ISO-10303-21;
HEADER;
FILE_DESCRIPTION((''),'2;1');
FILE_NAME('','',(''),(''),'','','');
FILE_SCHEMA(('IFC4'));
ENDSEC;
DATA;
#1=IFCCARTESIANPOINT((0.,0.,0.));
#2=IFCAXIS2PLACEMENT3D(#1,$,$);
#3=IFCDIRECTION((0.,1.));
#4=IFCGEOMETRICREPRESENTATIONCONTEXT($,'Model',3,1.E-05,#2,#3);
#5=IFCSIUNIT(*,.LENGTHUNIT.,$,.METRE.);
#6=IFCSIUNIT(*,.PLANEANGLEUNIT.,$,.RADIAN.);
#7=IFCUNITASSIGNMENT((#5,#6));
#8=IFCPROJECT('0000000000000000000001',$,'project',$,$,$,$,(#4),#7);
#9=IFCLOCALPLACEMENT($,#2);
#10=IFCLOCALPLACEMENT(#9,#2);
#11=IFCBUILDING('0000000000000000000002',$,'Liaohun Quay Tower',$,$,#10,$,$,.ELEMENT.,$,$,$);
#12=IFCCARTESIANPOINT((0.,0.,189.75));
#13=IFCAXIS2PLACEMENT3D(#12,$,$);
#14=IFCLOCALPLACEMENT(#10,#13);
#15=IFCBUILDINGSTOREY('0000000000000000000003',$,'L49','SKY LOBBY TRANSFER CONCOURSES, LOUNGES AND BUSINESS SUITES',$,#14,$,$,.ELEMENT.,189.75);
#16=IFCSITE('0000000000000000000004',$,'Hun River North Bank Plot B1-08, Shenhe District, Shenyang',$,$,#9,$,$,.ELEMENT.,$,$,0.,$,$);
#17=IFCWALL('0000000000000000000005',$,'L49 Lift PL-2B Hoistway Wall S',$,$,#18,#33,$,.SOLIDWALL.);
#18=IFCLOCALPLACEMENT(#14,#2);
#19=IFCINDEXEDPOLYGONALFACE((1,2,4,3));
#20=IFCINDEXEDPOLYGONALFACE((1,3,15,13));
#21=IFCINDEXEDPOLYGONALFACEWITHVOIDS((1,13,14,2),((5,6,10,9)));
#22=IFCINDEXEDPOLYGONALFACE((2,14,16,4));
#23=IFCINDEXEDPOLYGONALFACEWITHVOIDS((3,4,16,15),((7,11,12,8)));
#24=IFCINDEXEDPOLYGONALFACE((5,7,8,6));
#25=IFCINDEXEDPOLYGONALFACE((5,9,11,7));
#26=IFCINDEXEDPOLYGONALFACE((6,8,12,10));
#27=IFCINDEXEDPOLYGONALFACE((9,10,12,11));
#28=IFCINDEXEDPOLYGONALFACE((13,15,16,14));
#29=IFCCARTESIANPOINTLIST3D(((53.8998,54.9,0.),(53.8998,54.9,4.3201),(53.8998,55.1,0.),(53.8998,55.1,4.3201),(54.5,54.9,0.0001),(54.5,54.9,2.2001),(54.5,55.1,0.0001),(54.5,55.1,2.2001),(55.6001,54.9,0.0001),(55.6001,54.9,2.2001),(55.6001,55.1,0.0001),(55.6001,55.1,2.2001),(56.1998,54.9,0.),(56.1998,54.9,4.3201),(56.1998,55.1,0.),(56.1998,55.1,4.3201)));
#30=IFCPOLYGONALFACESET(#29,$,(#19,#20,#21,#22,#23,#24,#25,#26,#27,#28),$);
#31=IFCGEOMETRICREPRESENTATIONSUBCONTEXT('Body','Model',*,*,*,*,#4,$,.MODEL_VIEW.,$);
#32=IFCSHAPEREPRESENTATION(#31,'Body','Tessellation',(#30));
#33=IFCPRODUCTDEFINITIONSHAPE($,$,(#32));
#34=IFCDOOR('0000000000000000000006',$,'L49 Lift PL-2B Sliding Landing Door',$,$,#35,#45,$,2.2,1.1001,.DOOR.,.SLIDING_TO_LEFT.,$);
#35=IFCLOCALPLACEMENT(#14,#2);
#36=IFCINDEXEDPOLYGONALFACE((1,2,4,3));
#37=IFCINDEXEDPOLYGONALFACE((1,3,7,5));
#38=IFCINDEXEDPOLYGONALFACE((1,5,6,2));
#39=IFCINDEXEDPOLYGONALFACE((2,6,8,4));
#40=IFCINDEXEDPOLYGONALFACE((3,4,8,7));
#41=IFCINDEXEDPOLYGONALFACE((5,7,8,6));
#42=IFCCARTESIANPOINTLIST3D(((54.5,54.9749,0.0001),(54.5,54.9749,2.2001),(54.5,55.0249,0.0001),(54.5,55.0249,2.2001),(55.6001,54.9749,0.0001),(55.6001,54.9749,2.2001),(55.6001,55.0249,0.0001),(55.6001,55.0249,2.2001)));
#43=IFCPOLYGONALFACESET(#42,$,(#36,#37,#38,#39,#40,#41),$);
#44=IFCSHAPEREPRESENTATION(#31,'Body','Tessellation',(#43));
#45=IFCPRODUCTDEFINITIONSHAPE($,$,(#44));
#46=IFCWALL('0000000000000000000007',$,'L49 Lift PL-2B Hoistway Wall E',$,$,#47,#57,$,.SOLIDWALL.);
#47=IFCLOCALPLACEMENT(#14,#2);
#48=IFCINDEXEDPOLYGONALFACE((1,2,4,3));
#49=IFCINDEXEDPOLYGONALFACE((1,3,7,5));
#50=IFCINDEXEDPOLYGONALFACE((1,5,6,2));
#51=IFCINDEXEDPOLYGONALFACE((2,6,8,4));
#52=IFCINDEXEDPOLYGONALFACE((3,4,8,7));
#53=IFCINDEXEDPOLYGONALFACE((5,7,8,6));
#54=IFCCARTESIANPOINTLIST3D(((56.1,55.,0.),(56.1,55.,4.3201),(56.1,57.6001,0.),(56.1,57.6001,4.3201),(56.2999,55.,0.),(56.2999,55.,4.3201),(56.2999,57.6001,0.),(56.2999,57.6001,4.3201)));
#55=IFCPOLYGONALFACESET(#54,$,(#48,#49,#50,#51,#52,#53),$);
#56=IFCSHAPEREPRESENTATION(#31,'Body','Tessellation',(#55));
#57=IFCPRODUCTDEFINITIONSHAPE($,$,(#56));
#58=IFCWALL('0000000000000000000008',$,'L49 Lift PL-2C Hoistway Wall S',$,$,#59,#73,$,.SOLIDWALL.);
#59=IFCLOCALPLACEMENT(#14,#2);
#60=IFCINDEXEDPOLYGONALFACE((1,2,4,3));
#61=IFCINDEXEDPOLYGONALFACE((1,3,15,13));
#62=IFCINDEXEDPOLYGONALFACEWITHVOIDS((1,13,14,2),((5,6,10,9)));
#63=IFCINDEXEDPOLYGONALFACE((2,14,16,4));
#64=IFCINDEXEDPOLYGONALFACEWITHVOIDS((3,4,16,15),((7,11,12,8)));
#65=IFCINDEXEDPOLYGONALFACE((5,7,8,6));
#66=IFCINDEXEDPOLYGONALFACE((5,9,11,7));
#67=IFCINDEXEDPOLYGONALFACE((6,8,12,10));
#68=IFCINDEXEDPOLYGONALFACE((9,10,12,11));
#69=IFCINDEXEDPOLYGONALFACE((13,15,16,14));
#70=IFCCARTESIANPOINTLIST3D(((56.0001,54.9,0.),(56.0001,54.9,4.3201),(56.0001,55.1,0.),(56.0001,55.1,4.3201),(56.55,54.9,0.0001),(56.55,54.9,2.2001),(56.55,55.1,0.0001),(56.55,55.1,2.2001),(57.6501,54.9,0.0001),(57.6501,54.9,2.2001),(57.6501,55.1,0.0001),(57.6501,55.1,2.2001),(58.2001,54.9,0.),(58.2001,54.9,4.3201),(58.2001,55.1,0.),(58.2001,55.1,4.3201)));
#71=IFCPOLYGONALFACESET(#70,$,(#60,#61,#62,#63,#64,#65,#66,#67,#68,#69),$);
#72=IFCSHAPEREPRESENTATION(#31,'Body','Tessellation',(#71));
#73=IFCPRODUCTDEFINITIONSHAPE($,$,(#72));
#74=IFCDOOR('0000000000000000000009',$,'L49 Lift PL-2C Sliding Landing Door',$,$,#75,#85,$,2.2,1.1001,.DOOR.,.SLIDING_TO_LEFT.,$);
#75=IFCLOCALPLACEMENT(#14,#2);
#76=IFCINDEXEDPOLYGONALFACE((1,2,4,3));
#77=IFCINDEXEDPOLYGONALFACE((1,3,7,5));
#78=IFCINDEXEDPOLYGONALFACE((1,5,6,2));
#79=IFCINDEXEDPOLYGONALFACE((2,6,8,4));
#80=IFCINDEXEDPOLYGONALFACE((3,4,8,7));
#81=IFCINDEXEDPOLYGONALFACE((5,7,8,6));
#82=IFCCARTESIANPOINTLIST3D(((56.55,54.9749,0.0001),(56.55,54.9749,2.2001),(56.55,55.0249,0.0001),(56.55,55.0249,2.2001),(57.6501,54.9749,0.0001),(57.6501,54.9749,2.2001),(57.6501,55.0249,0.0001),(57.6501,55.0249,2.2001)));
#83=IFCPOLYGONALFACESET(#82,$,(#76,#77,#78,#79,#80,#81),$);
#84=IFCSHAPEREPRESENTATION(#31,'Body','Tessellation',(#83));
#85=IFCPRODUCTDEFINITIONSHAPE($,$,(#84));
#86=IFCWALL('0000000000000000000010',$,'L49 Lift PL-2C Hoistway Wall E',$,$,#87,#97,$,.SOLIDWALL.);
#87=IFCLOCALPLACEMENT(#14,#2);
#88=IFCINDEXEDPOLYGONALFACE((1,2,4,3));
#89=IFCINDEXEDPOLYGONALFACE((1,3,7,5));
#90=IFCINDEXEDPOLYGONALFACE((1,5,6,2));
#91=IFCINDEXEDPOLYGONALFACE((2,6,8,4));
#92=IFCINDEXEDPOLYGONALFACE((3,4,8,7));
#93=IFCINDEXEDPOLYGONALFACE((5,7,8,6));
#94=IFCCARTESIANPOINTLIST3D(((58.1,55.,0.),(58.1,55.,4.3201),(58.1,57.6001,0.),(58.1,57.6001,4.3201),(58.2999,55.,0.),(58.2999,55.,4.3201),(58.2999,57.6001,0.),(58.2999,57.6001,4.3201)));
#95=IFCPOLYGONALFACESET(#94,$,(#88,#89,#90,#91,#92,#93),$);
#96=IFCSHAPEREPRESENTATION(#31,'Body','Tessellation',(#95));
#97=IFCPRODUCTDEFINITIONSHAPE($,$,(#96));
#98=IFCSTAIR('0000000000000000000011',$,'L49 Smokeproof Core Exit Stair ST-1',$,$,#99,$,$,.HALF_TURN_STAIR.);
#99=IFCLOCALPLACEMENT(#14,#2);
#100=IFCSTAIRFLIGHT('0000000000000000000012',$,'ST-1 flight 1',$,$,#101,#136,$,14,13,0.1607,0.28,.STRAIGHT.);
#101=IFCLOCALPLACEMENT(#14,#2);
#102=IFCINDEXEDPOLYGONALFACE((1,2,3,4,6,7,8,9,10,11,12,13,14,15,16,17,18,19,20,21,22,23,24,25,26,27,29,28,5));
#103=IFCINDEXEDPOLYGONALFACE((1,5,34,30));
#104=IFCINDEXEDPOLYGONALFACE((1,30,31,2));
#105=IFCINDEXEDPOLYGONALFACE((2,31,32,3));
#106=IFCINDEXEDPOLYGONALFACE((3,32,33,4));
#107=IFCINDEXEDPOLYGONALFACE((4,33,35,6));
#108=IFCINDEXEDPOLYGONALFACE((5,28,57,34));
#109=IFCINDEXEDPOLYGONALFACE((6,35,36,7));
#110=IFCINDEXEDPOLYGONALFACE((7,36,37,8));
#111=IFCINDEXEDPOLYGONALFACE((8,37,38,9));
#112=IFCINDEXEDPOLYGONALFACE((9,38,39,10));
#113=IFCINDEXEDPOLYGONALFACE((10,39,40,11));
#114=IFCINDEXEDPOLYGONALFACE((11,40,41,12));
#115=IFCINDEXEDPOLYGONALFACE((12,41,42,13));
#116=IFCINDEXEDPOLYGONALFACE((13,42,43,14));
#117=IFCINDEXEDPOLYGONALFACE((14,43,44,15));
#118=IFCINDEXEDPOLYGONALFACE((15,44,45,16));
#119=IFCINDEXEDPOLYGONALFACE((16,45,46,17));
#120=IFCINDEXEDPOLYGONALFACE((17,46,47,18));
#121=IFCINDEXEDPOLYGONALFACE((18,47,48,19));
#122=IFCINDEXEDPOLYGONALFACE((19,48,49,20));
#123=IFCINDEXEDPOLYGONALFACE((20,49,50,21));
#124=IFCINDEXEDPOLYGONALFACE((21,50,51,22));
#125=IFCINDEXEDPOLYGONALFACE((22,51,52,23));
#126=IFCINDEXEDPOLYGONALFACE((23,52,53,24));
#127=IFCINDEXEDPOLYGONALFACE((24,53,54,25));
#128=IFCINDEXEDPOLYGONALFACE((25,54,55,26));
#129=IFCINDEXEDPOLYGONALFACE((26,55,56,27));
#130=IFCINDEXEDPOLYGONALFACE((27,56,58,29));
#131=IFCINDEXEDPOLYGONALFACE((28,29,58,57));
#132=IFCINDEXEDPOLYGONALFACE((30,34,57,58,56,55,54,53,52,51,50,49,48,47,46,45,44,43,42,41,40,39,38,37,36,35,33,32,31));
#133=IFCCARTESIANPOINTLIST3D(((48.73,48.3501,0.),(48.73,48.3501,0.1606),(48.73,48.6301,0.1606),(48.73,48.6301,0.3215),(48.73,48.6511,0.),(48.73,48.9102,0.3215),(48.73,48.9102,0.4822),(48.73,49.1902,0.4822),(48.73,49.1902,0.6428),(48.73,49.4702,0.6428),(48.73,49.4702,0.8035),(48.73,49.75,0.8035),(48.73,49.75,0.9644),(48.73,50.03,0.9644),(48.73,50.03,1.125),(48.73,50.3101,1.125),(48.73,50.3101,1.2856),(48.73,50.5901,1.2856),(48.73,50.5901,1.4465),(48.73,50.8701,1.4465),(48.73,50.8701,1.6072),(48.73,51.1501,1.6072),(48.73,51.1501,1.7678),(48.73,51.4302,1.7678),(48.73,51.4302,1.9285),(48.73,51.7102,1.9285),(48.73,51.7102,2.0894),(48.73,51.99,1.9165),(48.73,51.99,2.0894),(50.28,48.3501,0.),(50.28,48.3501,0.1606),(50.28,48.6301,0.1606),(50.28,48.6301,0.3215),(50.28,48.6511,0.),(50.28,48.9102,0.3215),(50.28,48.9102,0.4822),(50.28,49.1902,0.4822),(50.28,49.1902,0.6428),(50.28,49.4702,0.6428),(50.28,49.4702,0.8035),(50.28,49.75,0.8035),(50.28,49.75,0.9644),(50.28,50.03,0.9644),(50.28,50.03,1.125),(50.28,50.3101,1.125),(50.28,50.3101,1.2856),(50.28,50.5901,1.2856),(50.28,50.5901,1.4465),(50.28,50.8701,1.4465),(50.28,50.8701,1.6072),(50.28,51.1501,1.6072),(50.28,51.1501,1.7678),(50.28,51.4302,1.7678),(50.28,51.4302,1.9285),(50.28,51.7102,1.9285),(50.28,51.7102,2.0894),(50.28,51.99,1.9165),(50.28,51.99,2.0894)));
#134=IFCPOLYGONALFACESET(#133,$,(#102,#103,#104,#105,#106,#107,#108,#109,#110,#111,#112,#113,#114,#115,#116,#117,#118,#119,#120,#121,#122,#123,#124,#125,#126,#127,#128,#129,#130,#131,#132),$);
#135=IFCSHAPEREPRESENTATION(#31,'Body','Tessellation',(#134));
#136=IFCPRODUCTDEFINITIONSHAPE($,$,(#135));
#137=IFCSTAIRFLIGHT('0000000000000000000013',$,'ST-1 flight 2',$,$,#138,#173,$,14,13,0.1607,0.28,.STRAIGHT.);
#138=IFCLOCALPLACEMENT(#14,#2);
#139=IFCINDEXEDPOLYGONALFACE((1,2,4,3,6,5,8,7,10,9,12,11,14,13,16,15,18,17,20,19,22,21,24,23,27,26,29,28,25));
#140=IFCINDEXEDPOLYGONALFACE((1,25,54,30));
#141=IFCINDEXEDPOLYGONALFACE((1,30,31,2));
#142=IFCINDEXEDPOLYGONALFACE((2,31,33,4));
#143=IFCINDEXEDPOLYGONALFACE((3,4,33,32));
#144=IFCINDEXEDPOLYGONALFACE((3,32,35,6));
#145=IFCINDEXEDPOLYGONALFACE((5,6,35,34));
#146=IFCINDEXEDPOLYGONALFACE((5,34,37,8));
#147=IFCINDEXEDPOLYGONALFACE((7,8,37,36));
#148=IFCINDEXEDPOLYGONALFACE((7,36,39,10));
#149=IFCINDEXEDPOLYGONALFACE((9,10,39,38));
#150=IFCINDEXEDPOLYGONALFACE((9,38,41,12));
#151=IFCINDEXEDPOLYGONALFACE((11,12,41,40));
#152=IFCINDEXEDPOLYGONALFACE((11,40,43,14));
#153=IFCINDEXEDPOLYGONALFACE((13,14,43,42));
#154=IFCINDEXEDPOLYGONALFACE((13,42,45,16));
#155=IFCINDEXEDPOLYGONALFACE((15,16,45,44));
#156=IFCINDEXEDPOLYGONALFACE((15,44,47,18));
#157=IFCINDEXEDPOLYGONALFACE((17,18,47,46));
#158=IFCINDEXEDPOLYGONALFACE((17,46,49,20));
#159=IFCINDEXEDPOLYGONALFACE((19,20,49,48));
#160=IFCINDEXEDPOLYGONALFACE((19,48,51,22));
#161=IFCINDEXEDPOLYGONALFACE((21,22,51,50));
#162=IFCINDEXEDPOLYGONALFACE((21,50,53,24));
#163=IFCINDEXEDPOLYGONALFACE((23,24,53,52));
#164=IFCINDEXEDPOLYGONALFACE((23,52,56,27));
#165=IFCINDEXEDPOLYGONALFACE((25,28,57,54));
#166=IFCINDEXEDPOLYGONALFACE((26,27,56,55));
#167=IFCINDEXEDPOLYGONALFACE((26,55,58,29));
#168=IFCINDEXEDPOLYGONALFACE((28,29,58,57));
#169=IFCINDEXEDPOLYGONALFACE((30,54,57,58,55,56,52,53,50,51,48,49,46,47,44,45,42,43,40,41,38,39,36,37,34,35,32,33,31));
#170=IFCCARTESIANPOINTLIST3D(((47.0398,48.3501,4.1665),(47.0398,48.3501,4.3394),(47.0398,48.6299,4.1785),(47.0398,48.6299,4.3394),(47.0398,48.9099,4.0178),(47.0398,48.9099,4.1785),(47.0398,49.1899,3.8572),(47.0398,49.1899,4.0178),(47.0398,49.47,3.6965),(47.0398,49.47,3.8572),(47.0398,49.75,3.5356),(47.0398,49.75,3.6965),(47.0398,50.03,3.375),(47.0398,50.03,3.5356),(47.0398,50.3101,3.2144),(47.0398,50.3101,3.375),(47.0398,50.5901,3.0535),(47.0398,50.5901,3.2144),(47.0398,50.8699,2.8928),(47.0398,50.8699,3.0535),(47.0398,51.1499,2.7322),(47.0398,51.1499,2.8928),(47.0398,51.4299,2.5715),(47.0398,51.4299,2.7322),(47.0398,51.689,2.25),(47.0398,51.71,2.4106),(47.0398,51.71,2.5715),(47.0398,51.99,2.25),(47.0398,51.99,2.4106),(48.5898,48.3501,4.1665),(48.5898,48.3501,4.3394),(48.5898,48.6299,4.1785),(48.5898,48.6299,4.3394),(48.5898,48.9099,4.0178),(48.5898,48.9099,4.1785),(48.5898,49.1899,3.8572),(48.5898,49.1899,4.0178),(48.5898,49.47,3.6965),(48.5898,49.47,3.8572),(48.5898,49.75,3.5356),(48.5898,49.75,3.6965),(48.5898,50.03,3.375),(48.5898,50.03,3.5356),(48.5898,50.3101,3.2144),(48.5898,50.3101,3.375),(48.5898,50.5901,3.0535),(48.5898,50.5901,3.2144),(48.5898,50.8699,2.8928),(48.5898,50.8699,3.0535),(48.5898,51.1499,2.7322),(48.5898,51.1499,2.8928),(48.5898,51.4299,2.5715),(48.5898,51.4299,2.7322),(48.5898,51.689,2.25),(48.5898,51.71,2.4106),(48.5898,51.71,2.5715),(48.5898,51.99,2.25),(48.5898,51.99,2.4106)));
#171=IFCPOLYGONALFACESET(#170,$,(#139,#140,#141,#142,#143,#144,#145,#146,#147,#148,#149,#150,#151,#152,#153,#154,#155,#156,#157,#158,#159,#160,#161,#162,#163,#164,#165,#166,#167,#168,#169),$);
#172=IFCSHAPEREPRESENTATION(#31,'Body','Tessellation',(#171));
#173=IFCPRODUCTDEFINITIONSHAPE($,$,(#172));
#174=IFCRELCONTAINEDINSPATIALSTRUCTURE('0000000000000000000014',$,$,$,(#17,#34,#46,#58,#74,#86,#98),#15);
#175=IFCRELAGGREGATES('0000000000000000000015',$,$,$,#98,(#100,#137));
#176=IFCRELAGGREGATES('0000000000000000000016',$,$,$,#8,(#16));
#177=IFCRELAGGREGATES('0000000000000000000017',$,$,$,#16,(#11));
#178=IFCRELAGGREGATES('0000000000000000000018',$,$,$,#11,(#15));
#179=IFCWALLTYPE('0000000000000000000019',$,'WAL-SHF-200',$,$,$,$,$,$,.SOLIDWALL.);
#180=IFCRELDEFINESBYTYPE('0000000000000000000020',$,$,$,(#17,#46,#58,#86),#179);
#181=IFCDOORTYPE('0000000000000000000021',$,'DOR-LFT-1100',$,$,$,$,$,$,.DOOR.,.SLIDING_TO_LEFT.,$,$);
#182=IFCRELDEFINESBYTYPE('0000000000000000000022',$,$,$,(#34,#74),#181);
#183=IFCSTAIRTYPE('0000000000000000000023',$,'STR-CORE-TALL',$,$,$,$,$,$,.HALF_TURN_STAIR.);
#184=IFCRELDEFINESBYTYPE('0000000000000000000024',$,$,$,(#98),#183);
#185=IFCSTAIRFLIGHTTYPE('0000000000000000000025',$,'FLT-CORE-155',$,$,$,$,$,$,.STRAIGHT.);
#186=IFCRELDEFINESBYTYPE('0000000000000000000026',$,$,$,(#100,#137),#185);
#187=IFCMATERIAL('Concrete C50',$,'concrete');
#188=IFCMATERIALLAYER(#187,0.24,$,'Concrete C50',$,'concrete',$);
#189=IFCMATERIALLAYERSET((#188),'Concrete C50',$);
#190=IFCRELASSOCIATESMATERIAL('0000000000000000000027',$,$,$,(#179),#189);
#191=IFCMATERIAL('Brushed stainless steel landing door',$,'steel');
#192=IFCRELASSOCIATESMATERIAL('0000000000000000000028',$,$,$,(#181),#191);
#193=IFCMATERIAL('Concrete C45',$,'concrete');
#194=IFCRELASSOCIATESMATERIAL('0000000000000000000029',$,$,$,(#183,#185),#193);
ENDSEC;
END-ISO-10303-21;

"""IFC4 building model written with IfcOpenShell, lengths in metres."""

from ifc_helpers import new_model, si_unit, direction, frame, frame_2d, origin, place, context, subcontext, project, spatial, polyline, rectangle, outline, extrude, source, transform, mapped, material, layer, layer_set, type_object, element, fill, aggregate, save


model = new_model("IFC4")

# Units and contexts
model_context = context("Model", 3, precision=1e-05, world=origin(), true_north=direction((0.0, 1.0)))
body_context = subcontext(model_context, "Body", "Model", "MODEL_VIEW")
ifc_project = project(units=[si_unit("LENGTHUNIT", "METRE"), si_unit("PLANEANGLEUNIT", "RADIAN")], contexts=[model_context])

# Site, building, storey
site_placement = place(None, origin())
site = spatial("IfcSite", under=ifc_project, at=site_placement, Name="Hun River North Bank Plot B1-08, Shenhe District, Shenyang", CompositionType="ELEMENT", RefElevation=0.0)
building_placement = place(site_placement, origin())
building = spatial("IfcBuilding", under=site, at=building_placement, Name="Liaohun Quay Tower", CompositionType="ELEMENT")
storey_placement = place(building_placement, frame((0.0, 0.0, 189.75)))
storey = spatial("IfcBuildingStorey", under=building, at=storey_placement, Name="L49", Description="SKY LOBBY TRANSFER CONCOURSES, LOUNGES AND BUSINESS SUITES", CompositionType="ELEMENT", Elevation=189.75)

# Shared definitions
ifc_material_1 = material(Name="Concrete C50", Category="concrete")
ifc_layer_1 = layer(ifc_material_1, 0.24, Name="Concrete C50", Category="concrete")
ifc_layer_set_1 = layer_set([ifc_layer_1], Name="Concrete C50")
wall_type_1 = type_object("IfcWallType", Name="WAL-SHF-200", PredefinedType="SOLIDWALL", material=ifc_layer_set_1)

# Shared definitions
shared_shape_1 = source(origin(), body_context, "Body", "SweptSolid", [
    extrude(rectangle(XDim=1.1001, YDim=2.2, at=frame_2d((0.55, 1.1001))), frame((0.0, 0.1099, 0.0), z_axis=(0.0, -1.0, 0.0), x_axis=(1.0, 0.0, 0.0)), (0.0, 0.0, 1.0), 0.22),
])
ifc_material_2 = material(Name="Brushed stainless steel landing door", Category="steel")
door_type_1 = type_object("IfcDoorType", Name="DOR-LFT-1100", OperationType="SLIDING_TO_LEFT", PredefinedType="DOOR", material=ifc_material_2)
shared_shape_2 = source(origin(), body_context, "Body", "SweptSolid", [
    extrude(rectangle(XDim=1.1001, YDim=2.2, at=frame_2d((0.55, 1.1001))), frame((0.0, 0.0249, 0.0), z_axis=(0.0, -1.0, 0.0), x_axis=(1.0, 0.0, 0.0)), (0.0, 0.0, 1.0), 0.05),
])

# Wall, opening, door
wall_1_placement = place(storey_placement, frame((53.8999, 55.0, 0.0), z_axis=(0.0, 0.0, 1.0), x_axis=(1.0, 0.0, 0.0)))
wall_1 = element("IfcWall", 1, at=wall_1_placement, inside=storey, type_object=wall_type_1, Name="L49 Lift PL-2B Hoistway Wall S", PredefinedType="SOLIDWALL", context=body_context, shape_type="SweptSolid", body=[
    extrude(rectangle(XDim=2.3, YDim=0.2, at=frame_2d((1.1499, 0.0))), origin(), (0.0, 0.0, 1.0), 4.3201),
])
opening_1_placement = place(wall_1_placement, frame((0.6001, 0.0, 0.0)))
opening_1 = element("IfcOpeningElement", 2, at=opening_1_placement, cuts=wall_1, PredefinedType="OPENING", context=body_context, shape_type="MappedRepresentation", body=[
    mapped(shared_shape_1, transform((0.0, 0.0, 0.0), x_axis=(1.0, 0.0, 0.0), y_axis=(0.0, 1.0, 0.0), z_axis=(0.0, 0.0, 1.0), scale=1.0)),
])
door_1_placement = place(opening_1_placement, origin())
door_1 = element("IfcDoor", 3, at=door_1_placement, inside=storey, type_object=door_type_1, Name="L49 Lift PL-2B Sliding Landing Door", OperationType="SLIDING_TO_LEFT", OverallHeight=2.2, OverallWidth=1.1001, PredefinedType="DOOR", context=body_context, shape_type="MappedRepresentation", body=[
    mapped(shared_shape_2, transform((0.0, 0.0, 0.0), x_axis=(1.0, 0.0, 0.0), y_axis=(0.0, 1.0, 0.0), z_axis=(0.0, 0.0, 1.0), scale=1.0)),
])
fill(opening_1, door_1)

# Wall
wall_2_placement = place(storey_placement, frame((56.2, 55.0, 0.0), z_axis=(0.0, 0.0, 1.0), x_axis=(0.0, 1.0, 0.0)))
element("IfcWall", 4, at=wall_2_placement, inside=storey, type_object=wall_type_1, Name="L49 Lift PL-2B Hoistway Wall E", PredefinedType="SOLIDWALL", context=body_context, shape_type="SweptSolid", body=[
    extrude(rectangle(XDim=2.6001, YDim=0.2, at=frame_2d((1.3, 0.0))), origin(), (0.0, 0.0, 1.0), 4.3201),
])

# Wall, opening, door
wall_3_placement = place(storey_placement, frame((56.0, 55.0, 0.0), z_axis=(0.0, 0.0, 1.0), x_axis=(1.0, 0.0, 0.0)))
wall_3 = element("IfcWall", 5, at=wall_3_placement, inside=storey, type_object=wall_type_1, Name="L49 Lift PL-2C Hoistway Wall S", PredefinedType="SOLIDWALL", context=body_context, shape_type="SweptSolid", body=[
    extrude(rectangle(XDim=2.2, YDim=0.2, at=frame_2d((1.1001, 0.0))), origin(), (0.0, 0.0, 1.0), 4.3201),
])
opening_2_placement = place(wall_3_placement, frame((0.55, 0.0, 0.0)))
opening_2 = element("IfcOpeningElement", 6, at=opening_2_placement, cuts=wall_3, PredefinedType="OPENING", context=body_context, shape_type="MappedRepresentation", body=[
    mapped(shared_shape_1, transform((0.0, 0.0, 0.0), x_axis=(1.0, 0.0, 0.0), y_axis=(0.0, 1.0, 0.0), z_axis=(0.0, 0.0, 1.0), scale=1.0)),
])
door_2_placement = place(opening_2_placement, origin())
door_2 = element("IfcDoor", 7, at=door_2_placement, inside=storey, type_object=door_type_1, Name="L49 Lift PL-2C Sliding Landing Door", OperationType="SLIDING_TO_LEFT", OverallHeight=2.2, OverallWidth=1.1001, PredefinedType="DOOR", context=body_context, shape_type="MappedRepresentation", body=[
    mapped(shared_shape_2, transform((0.0, 0.0, 0.0), x_axis=(1.0, 0.0, 0.0), y_axis=(0.0, 1.0, 0.0), z_axis=(0.0, 0.0, 1.0), scale=1.0)),
])
fill(opening_2, door_2)

# Wall
wall_4_placement = place(storey_placement, frame((58.2, 55.0, 0.0), z_axis=(0.0, 0.0, 1.0), x_axis=(0.0, 1.0, 0.0)))
element("IfcWall", 8, at=wall_4_placement, inside=storey, type_object=wall_type_1, Name="L49 Lift PL-2C Hoistway Wall E", PredefinedType="SOLIDWALL", context=body_context, shape_type="SweptSolid", body=[
    extrude(rectangle(XDim=2.6001, YDim=0.2, at=frame_2d((1.3, 0.0))), origin(), (0.0, 0.0, 1.0), 4.3201),
])

# Stair, stair flights
ifc_material_3 = material(Name="Concrete C45", Category="concrete")
stair_type = type_object("IfcStairType", Name="STR-CORE-TALL", PredefinedType="HALF_TURN_STAIR", material=ifc_material_3)
stair_placement = place(storey_placement, origin())
stair = element("IfcStair", 9, at=stair_placement, inside=storey, type_object=stair_type, Name="L49 Smokeproof Core Exit Stair ST-1", PredefinedType="HALF_TURN_STAIR")
stair_flight_type = type_object("IfcStairFlightType", Name="FLT-CORE-155", PredefinedType="STRAIGHT", material=ifc_material_3)
stair_flight_1_placement = place(storey_placement, frame((49.5049, 48.3501, 0.0), z_axis=(0.0, 0.0, 1.0), x_axis=(0.0, 1.0, 0.0)))
stair_flight_1 = element("IfcStairFlight", 10, at=stair_flight_1_placement, type_object=stair_flight_type, Name="ST-1 flight 1", NumberOfRisers=14, NumberOfTreads=13, PredefinedType="STRAIGHT", RiserHeight=0.1607, TreadLength=0.28, context=body_context, shape_type="SweptSolid", body=[
    extrude(outline(polyline([(0.0, 0.0), (0.0, 0.1606), (0.28, 0.1606), (0.28, 0.3215), (0.5601, 0.3215), (0.5601, 0.4822), (0.8401, 0.4822), (0.8401, 0.6428), (1.1201, 0.6428), (1.1201, 0.8035), (1.3999, 0.8035), (1.3999, 0.9644), (1.6799, 0.9644), (1.6799, 1.125), (1.96, 1.125), (1.96, 1.2856), (2.24, 1.2856), (2.24, 1.4465), (2.52, 1.4465), (2.52, 1.6072), (2.8, 1.6072), (2.8, 1.7678), (3.0801, 1.7678), (3.0801, 1.9285), (3.3601, 1.9285), (3.3601, 2.0894), (3.6399, 2.0894), (3.6399, 2.25), (3.6399, 1.9165), (0.301, 0.0), (0.0, 0.0)])), frame((0.0, 0.7749, 0.0), z_axis=(0.0, -1.0, 0.0), x_axis=(1.0, 0.0, 0.0)), (0.0, 0.0, 1.0), 1.55),
])
stair_flight_2_placement = place(storey_placement, frame((47.8149, 51.99, 2.25), z_axis=(0.0, 0.0, 1.0), x_axis=(0.0, -1.0, 0.0)))
stair_flight_2 = element("IfcStairFlight", 11, at=stair_flight_2_placement, type_object=stair_flight_type, Name="ST-1 flight 2", NumberOfRisers=14, NumberOfTreads=13, PredefinedType="STRAIGHT", RiserHeight=0.1607, TreadLength=0.28, context=body_context, shape_type="SweptSolid", body=[
    extrude(outline(polyline([(0.0, 0.0), (0.0, 0.1606), (0.28, 0.1606), (0.28, 0.3215), (0.5601, 0.3215), (0.5601, 0.4822), (0.8401, 0.4822), (0.8401, 0.6428), (1.1201, 0.6428), (1.1201, 0.8035), (1.3999, 0.8035), (1.3999, 0.9644), (1.6799, 0.9644), (1.6799, 1.125), (1.96, 1.125), (1.96, 1.2856), (2.24, 1.2856), (2.24, 1.4465), (2.52, 1.4465), (2.52, 1.6072), (2.8, 1.6072), (2.8, 1.7678), (3.0801, 1.7678), (3.0801, 1.9285), (3.3601, 1.9285), (3.3601, 2.0894), (3.6399, 2.0894), (3.6399, 2.25), (3.6399, 1.9165), (0.301, 0.0), (0.0, 0.0)])), frame((0.0, 0.7749, 0.0), z_axis=(0.0, -1.0, 0.0), x_axis=(1.0, 0.0, 0.0)), (0.0, 0.0, 1.0), 1.55),
])
aggregate(stair, [stair_flight_1, stair_flight_2])

save(model, "model.ifc")
